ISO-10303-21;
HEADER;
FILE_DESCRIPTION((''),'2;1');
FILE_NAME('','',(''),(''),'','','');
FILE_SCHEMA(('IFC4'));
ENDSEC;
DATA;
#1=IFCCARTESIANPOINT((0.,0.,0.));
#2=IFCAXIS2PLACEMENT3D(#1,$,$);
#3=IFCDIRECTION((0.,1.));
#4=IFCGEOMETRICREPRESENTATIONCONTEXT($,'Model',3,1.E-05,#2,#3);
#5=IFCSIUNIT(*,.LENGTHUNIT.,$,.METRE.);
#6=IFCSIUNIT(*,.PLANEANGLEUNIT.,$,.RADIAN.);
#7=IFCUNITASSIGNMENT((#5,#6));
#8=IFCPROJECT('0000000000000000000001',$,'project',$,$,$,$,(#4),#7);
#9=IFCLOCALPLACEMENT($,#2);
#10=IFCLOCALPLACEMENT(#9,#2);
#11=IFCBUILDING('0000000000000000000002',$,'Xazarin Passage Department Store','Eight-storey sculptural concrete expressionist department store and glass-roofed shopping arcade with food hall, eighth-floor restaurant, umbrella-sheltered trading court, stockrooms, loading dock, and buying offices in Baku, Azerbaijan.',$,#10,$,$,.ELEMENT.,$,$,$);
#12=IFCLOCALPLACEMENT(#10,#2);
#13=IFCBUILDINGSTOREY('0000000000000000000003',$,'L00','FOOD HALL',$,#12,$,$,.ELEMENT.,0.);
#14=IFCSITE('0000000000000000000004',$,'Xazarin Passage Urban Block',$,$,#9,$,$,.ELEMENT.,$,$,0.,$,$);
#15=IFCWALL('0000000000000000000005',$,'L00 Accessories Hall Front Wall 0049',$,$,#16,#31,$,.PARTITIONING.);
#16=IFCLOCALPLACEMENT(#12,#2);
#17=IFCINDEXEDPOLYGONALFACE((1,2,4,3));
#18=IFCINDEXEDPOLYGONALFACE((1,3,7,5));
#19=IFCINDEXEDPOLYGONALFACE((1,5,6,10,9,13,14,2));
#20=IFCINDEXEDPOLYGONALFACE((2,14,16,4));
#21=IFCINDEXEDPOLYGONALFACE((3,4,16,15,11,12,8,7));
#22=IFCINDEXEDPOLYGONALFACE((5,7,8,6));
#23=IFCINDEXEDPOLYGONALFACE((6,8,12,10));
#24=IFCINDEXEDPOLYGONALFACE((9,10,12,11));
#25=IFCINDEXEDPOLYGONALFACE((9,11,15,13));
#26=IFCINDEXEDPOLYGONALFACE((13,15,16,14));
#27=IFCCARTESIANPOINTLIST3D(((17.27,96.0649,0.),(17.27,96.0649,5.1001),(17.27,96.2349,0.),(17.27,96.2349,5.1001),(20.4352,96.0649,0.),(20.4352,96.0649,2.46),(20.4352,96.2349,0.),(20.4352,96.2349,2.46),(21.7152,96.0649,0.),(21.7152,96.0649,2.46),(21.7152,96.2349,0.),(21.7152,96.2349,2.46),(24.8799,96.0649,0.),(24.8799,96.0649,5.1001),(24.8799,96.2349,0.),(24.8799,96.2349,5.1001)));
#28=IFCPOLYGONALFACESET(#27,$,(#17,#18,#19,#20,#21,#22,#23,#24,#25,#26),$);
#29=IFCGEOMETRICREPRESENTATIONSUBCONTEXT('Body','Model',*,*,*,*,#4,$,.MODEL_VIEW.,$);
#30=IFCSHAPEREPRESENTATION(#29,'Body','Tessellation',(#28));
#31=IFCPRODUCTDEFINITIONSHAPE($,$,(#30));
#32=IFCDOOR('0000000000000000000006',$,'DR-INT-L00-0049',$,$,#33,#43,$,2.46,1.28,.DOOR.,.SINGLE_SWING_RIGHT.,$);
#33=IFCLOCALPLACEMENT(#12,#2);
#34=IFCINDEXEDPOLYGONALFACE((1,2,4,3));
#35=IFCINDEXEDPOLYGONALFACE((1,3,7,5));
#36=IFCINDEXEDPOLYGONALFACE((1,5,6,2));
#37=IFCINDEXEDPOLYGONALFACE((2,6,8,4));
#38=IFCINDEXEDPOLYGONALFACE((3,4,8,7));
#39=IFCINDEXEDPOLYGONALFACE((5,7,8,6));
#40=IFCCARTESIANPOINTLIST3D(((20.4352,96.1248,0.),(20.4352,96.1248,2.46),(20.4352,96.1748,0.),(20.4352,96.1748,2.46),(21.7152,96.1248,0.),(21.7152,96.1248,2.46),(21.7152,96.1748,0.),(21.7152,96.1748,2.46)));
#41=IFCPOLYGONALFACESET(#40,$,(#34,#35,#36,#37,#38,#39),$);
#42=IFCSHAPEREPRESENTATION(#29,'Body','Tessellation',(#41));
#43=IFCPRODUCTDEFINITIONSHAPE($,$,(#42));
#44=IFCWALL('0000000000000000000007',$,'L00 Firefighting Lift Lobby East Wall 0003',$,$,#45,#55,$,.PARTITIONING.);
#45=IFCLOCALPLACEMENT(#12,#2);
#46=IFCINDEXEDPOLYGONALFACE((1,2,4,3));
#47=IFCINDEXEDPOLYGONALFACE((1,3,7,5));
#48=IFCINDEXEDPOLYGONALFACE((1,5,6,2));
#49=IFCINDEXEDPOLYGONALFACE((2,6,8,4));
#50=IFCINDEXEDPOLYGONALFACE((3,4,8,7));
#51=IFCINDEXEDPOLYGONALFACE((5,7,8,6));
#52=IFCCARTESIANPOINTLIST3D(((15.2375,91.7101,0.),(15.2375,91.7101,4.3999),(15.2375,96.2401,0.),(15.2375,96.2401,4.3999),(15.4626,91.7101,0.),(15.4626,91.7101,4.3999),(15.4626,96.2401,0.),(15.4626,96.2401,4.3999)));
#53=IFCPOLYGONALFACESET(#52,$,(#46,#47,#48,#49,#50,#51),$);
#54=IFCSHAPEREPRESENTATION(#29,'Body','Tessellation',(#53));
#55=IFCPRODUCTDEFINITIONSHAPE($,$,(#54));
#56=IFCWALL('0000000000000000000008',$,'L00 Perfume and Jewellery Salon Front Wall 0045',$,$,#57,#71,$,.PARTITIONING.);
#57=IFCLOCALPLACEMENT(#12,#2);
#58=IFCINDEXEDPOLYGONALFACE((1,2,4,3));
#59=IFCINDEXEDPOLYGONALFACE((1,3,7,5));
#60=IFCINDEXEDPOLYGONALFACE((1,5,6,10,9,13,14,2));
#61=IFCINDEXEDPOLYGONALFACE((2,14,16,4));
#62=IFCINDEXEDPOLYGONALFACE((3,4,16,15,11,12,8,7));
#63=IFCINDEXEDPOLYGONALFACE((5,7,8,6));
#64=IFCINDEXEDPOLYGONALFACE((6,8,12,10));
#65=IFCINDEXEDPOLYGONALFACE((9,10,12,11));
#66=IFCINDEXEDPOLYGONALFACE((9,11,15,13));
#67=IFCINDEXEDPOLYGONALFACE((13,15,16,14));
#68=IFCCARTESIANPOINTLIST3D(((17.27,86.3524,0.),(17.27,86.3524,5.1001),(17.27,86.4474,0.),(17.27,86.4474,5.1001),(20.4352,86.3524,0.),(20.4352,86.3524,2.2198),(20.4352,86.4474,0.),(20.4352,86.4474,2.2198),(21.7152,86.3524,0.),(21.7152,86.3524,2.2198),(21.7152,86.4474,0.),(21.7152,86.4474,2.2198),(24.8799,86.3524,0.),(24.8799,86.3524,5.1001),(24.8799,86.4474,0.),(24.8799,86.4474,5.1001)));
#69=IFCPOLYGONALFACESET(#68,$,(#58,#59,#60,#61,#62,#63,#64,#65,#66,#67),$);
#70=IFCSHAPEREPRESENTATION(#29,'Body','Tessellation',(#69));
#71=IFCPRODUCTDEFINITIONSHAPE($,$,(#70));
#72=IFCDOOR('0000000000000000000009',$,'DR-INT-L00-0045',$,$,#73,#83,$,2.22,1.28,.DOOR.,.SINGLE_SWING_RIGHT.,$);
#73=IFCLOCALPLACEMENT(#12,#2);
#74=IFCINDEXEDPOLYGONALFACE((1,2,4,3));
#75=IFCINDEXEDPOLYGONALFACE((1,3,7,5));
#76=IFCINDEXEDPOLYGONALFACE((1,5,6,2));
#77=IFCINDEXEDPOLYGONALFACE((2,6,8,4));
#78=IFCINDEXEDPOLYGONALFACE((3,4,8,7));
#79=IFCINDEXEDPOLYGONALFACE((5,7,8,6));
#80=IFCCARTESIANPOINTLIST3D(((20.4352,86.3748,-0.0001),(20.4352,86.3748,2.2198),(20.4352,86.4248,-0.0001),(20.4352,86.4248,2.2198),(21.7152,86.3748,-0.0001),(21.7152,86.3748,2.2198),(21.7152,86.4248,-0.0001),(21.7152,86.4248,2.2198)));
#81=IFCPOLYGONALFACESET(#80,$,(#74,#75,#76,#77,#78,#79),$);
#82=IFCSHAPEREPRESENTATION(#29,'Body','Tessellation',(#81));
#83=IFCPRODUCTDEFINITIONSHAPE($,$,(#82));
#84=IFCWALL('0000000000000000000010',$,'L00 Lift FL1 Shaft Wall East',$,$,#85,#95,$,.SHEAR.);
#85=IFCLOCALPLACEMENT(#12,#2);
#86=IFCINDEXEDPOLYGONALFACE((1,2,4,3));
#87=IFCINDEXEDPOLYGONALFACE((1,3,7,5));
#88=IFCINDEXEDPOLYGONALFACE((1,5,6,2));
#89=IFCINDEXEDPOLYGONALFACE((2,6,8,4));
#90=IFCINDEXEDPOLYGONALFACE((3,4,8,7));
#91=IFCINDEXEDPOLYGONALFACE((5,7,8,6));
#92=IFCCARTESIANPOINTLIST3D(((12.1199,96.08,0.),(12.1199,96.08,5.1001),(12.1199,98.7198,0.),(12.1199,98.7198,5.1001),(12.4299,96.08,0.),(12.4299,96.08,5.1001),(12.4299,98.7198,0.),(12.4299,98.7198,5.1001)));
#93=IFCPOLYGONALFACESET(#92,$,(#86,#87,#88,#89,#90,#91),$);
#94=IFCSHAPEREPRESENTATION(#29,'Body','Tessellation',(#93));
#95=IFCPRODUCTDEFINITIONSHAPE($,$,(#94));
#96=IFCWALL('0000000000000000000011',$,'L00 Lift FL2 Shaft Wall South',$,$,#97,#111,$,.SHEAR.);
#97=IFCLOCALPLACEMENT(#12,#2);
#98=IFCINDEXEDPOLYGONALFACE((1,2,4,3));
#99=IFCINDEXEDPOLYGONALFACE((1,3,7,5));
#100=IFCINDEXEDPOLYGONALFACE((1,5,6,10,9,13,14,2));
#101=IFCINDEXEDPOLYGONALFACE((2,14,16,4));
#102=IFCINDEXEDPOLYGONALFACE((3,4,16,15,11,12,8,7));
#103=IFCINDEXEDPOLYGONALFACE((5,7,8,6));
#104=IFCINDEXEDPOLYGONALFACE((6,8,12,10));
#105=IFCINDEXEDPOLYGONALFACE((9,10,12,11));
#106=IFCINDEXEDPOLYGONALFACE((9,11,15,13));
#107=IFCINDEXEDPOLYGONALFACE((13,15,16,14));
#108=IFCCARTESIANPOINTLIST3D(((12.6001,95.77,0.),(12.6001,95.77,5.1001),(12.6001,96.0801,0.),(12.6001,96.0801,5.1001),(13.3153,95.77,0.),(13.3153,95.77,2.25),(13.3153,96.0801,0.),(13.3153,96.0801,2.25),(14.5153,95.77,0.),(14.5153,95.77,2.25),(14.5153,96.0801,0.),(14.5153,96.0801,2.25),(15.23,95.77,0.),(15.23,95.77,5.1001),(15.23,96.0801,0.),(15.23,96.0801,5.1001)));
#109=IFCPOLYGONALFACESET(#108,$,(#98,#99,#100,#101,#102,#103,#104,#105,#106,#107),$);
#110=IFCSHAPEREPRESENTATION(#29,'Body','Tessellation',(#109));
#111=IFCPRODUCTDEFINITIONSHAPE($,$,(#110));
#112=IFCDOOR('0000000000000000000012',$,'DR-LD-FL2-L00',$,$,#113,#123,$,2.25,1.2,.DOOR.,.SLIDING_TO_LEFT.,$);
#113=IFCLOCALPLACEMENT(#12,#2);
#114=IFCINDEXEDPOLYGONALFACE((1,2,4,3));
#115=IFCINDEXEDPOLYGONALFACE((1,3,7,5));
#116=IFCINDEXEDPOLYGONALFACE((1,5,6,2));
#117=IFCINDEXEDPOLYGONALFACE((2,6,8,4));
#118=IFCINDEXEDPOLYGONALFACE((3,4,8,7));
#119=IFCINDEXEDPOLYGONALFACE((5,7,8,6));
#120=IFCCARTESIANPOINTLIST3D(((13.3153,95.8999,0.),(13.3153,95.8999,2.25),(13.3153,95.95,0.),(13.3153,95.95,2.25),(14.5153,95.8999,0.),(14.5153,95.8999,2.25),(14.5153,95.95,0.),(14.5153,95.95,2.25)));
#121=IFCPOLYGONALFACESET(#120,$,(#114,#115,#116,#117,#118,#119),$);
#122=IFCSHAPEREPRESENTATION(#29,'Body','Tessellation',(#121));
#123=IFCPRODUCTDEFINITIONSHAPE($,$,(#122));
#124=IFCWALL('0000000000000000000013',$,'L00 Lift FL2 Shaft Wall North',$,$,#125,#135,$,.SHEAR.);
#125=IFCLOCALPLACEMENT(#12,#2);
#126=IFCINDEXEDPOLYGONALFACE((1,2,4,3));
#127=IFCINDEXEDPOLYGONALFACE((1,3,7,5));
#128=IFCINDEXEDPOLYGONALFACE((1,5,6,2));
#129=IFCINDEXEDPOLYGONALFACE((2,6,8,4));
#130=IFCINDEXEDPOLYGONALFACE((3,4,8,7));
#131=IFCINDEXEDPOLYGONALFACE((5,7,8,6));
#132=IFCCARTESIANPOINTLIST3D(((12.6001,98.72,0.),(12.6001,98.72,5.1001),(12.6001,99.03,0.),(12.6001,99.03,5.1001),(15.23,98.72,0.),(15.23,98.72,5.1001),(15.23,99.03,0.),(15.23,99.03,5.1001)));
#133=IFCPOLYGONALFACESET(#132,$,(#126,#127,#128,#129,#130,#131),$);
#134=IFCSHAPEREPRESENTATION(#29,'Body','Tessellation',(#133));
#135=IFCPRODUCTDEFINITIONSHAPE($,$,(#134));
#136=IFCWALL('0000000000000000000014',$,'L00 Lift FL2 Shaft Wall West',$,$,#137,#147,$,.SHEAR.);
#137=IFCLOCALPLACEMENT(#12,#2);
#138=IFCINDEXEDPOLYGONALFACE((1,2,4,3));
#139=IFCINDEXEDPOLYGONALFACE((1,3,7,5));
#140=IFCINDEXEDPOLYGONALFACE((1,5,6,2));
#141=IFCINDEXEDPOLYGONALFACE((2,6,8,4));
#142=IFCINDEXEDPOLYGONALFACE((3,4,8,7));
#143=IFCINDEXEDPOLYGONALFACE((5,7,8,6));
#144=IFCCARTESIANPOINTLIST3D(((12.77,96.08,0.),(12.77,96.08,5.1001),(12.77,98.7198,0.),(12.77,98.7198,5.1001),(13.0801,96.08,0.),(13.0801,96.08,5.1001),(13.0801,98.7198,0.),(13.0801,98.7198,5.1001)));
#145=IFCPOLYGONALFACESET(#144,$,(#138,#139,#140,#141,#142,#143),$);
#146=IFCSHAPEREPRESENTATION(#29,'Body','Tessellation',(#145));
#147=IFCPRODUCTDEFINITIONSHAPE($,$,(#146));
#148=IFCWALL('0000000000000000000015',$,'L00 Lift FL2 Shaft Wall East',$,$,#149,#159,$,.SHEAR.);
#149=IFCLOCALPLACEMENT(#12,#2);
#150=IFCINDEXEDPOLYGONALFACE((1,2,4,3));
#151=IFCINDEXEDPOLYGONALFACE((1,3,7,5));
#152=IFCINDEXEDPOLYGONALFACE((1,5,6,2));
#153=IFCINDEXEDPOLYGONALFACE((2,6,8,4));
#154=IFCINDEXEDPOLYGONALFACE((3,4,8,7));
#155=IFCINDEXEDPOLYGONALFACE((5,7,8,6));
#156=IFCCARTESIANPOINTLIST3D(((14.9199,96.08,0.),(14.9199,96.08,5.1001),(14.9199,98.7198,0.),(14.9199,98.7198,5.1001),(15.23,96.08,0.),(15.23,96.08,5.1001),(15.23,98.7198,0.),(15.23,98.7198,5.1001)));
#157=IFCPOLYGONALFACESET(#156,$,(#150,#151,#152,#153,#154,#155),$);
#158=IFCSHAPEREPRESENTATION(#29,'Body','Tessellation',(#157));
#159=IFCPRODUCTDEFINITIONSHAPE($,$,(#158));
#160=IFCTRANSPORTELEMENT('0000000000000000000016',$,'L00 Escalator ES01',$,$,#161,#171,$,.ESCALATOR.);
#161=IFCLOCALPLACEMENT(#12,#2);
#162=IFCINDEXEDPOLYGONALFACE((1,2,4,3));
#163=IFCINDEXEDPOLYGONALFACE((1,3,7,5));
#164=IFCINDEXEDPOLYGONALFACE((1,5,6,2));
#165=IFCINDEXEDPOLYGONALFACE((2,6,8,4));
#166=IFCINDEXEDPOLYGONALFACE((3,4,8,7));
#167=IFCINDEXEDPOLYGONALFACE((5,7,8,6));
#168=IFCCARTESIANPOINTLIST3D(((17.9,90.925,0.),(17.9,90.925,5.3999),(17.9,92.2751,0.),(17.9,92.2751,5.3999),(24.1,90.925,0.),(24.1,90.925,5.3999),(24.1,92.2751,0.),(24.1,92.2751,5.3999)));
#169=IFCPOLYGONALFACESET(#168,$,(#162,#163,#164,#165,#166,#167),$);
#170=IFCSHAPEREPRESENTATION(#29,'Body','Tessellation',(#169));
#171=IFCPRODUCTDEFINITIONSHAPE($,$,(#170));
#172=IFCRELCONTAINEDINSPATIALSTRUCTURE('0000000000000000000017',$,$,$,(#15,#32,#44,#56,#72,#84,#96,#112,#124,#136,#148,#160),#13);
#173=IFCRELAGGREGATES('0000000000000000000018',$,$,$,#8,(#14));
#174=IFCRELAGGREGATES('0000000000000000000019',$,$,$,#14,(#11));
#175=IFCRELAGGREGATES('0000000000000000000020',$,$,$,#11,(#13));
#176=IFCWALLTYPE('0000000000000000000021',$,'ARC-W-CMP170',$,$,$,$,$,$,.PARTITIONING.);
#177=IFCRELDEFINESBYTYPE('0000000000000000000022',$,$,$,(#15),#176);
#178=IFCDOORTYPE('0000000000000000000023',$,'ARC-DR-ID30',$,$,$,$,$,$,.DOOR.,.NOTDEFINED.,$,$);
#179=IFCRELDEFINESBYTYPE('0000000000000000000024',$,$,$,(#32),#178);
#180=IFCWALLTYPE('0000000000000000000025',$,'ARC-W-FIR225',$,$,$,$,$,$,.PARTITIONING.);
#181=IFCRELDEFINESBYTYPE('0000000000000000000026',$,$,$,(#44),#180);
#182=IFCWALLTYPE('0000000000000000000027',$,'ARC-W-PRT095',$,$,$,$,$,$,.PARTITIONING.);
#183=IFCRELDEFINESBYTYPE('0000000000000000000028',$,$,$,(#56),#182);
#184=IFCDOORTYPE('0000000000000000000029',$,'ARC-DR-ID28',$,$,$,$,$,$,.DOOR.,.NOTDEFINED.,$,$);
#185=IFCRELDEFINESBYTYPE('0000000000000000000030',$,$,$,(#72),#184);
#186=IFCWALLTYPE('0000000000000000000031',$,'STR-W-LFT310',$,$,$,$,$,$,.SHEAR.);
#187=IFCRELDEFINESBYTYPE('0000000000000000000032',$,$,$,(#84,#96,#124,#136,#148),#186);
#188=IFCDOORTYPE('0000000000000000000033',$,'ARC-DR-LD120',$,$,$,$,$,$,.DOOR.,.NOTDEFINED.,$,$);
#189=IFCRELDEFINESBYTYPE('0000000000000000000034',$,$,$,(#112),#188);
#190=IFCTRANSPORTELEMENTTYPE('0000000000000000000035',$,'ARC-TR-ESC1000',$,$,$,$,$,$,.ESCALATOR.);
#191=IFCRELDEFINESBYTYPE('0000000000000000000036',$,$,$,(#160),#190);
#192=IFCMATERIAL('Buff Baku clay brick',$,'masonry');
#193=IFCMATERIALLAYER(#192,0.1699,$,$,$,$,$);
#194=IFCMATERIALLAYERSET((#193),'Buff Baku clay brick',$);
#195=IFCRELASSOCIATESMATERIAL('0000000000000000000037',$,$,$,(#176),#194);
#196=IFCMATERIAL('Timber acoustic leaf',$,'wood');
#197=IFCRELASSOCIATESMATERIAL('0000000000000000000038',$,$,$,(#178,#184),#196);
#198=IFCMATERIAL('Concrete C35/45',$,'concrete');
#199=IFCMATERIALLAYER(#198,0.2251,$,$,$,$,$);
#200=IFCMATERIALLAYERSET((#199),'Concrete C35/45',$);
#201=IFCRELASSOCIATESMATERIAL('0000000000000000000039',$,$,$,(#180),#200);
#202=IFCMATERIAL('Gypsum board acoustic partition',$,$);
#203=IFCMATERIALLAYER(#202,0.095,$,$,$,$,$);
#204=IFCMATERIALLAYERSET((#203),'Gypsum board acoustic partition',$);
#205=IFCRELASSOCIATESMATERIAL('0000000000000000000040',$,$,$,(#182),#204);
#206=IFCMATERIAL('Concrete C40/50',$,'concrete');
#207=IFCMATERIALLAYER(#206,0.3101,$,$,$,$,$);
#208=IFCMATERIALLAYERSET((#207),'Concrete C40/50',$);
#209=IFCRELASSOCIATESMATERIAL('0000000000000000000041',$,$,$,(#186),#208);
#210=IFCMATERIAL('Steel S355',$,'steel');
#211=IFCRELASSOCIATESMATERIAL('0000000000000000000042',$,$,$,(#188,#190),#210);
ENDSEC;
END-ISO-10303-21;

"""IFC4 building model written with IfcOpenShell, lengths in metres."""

from ifc_helpers import new_model, si_unit, direction, frame, frame_2d, origin, origin_2d, place, context, subcontext, project, spatial, rectangle, extrude, material, layer, layer_set, type_object, element, fill, save


model = new_model("IFC4")

# Units and contexts
model_context = context("Model", 3, precision=1e-05, world=origin(), true_north=direction((0.0, 1.0)))
body_context = subcontext(model_context, "Body", "Model", "MODEL_VIEW")
ifc_project = project(units=[si_unit("LENGTHUNIT", "METRE"), si_unit("PLANEANGLEUNIT", "RADIAN")], contexts=[model_context])

# Site, building, storey
site_placement = place(None, origin())
site = spatial("IfcSite", under=ifc_project, at=site_placement, Name="Xazarin Passage Urban Block", CompositionType="ELEMENT", RefElevation=0.0)
building_placement = place(site_placement, origin())
building = spatial("IfcBuilding", under=site, at=building_placement, Name="Xazarin Passage Department Store", Description="Eight-storey sculptural concrete expressionist department store and glass-roofed shopping arcade with food hall, eighth-floor restaurant, umbrella-sheltered trading court, stockrooms, loading dock, and buying offices in Baku, Azerbaijan.", CompositionType="ELEMENT")
storey_placement = place(building_placement, origin())
storey = spatial("IfcBuildingStorey", under=building, at=storey_placement, Name="L00", Description="FOOD HALL", CompositionType="ELEMENT", Elevation=0.0)

# Shared definitions
ifc_material_1 = material(Name="Concrete C35/45", Category="concrete")

# Shared definitions
ifc_material_2 = material(Name="Concrete C40/50", Category="concrete")

# Wall, opening, door
ifc_material_3 = material(Name="Buff Baku clay brick", Category="masonry")
ifc_layer_1 = layer(ifc_material_3, 0.1699)
ifc_layer_set_1 = layer_set([ifc_layer_1], Name="Buff Baku clay brick")
wall_type_1 = type_object("IfcWallType", Name="ARC-W-CMP170", PredefinedType="PARTITIONING", material=ifc_layer_set_1)
wall_1_placement = place(storey_placement, frame((17.27, 96.1499, 0.0), z_axis=(0.0, 0.0, 1.0), x_axis=(1.0, 0.0, 0.0)))
wall_1 = element("IfcWall", 1, at=wall_1_placement, inside=storey, type_object=wall_type_1, Name="L00 Accessories Hall Front Wall 0049", PredefinedType="PARTITIONING", context=body_context, shape_type="SweptSolid", body=[
    extrude(rectangle(XDim=7.6099, YDim=0.1699, at=frame_2d((3.8049, 0.0))), origin(), (0.0, 0.0, 1.0), 5.1001),
])
opening_1_placement = place(wall_1_placement, frame((3.165, 0.0, 0.0)))
opening_1 = element("IfcOpeningElement", 2, at=opening_1_placement, cuts=wall_1, PredefinedType="OPENING", context=body_context, shape_type="SweptSolid", body=[
    extrude(rectangle(XDim=1.28, YDim=2.46, at=frame_2d((0.6401, 1.23))), frame((0.0, 0.095, 0.0), z_axis=(0.0, -1.0, 0.0), x_axis=(1.0, 0.0, 0.0)), (0.0, 0.0, 1.0), 0.1899),
])
ifc_material_4 = material(Name="Timber acoustic leaf", Category="wood")
door_type_1 = type_object("IfcDoorType", Name="ARC-DR-ID30", OperationType="NOTDEFINED", PredefinedType="DOOR", material=ifc_material_4)
door_1_placement = place(opening_1_placement, origin())
door_1 = element("IfcDoor", 3, at=door_1_placement, inside=storey, type_object=door_type_1, Name="DR-INT-L00-0049", OperationType="SINGLE_SWING_RIGHT", OverallHeight=2.46, OverallWidth=1.28, PredefinedType="DOOR", context=body_context, shape_type="SweptSolid", body=[
    extrude(rectangle(XDim=1.28, YDim=2.46, at=frame_2d((0.6401, 1.23))), frame((0.0, 0.0249, 0.0), z_axis=(0.0, -1.0, 0.0), x_axis=(1.0, 0.0, 0.0)), (0.0, 0.0, 1.0), 0.05),
])
fill(opening_1, door_1)

# Wall
ifc_layer_2 = layer(ifc_material_1, 0.2251)
ifc_layer_set_2 = layer_set([ifc_layer_2], Name="Concrete C35/45")
wall_type_2 = type_object("IfcWallType", Name="ARC-W-FIR225", PredefinedType="PARTITIONING", material=ifc_layer_set_2)
wall_2_placement = place(storey_placement, frame((15.3501, 91.71, 0.0), z_axis=(0.0, 0.0, 1.0), x_axis=(0.0, 1.0, 0.0)))
element("IfcWall", 4, at=wall_2_placement, inside=storey, type_object=wall_type_2, Name="L00 Firefighting Lift Lobby East Wall 0003", PredefinedType="PARTITIONING", context=body_context, shape_type="SweptSolid", body=[
    extrude(rectangle(XDim=4.53, YDim=0.2251, at=frame_2d((2.2651, 0.0))), origin(), (0.0, 0.0, 1.0), 4.3999),
])

# Wall, opening, door
ifc_material_5 = material(Name="Gypsum board acoustic partition")
ifc_layer_3 = layer(ifc_material_5, 0.095)
ifc_layer_set_3 = layer_set([ifc_layer_3], Name="Gypsum board acoustic partition")
wall_type_3 = type_object("IfcWallType", Name="ARC-W-PRT095", PredefinedType="PARTITIONING", material=ifc_layer_set_3)
wall_3_placement = place(storey_placement, frame((17.27, 86.3999, 0.0), z_axis=(0.0, 0.0, 1.0), x_axis=(1.0, 0.0, 0.0)))
wall_3 = element("IfcWall", 5, at=wall_3_placement, inside=storey, type_object=wall_type_3, Name="L00 Perfume and Jewellery Salon Front Wall 0045", PredefinedType="PARTITIONING", context=body_context, shape_type="SweptSolid", body=[
    extrude(rectangle(XDim=7.6099, YDim=0.095, at=frame_2d((3.8049, 0.0))), origin(), (0.0, 0.0, 1.0), 5.1001),
])
opening_2_placement = place(wall_3_placement, frame((3.165, 0.0, 0.0)))
opening_2 = element("IfcOpeningElement", 6, at=opening_2_placement, cuts=wall_3, PredefinedType="OPENING", context=body_context, shape_type="SweptSolid", body=[
    extrude(rectangle(XDim=1.28, YDim=2.22, at=frame_2d((0.6401, 1.1099))), frame((0.0, 0.0574, 0.0), z_axis=(0.0, -1.0, 0.0), x_axis=(1.0, 0.0, 0.0)), (0.0, 0.0, 1.0), 0.115),
])
door_type_2 = type_object("IfcDoorType", Name="ARC-DR-ID28", OperationType="NOTDEFINED", PredefinedType="DOOR", material=ifc_material_4)
door_2_placement = place(opening_2_placement, origin())
door_2 = element("IfcDoor", 7, at=door_2_placement, inside=storey, type_object=door_type_2, Name="DR-INT-L00-0045", OperationType="SINGLE_SWING_RIGHT", OverallHeight=2.22, OverallWidth=1.28, PredefinedType="DOOR", context=body_context, shape_type="SweptSolid", body=[
    extrude(rectangle(XDim=1.28, YDim=2.22, at=frame_2d((0.6401, 1.1099))), frame((0.0, 0.0249, 0.0), z_axis=(0.0, -1.0, 0.0), x_axis=(1.0, 0.0, 0.0)), (0.0, 0.0, 1.0), 0.05),
])
fill(opening_2, door_2)

# Wall
ifc_layer_4 = layer(ifc_material_2, 0.3101)
ifc_layer_set_4 = layer_set([ifc_layer_4], Name="Concrete C40/50")
wall_type_4 = type_object("IfcWallType", Name="STR-W-LFT310", PredefinedType="SHEAR", material=ifc_layer_set_4)
wall_4_placement = place(storey_placement, frame((12.2749, 96.0801, 0.0), z_axis=(0.0, 0.0, 1.0), x_axis=(0.0, 1.0, 0.0)))
element("IfcWall", 8, at=wall_4_placement, inside=storey, type_object=wall_type_4, Name="L00 Lift FL1 Shaft Wall East", PredefinedType="SHEAR", context=body_context, shape_type="SweptSolid", body=[
    extrude(rectangle(XDim=2.6399, YDim=0.3101, at=frame_2d((1.3198, 0.0))), origin(), (0.0, 0.0, 1.0), 5.1001),
])

# Wall, opening, door
wall_5_placement = place(storey_placement, frame((12.6001, 95.925, 0.0), z_axis=(0.0, 0.0, 1.0), x_axis=(1.0, 0.0, 0.0)))
wall_5 = element("IfcWall", 9, at=wall_5_placement, inside=storey, type_object=wall_type_4, Name="L00 Lift FL2 Shaft Wall South", PredefinedType="SHEAR", context=body_context, shape_type="SweptSolid", body=[
    extrude(rectangle(XDim=2.6299, YDim=0.3101, at=frame_2d((1.3149, 0.0))), origin(), (0.0, 0.0, 1.0), 5.1001),
])
opening_3_placement = place(wall_5_placement, frame((0.7151, 0.0, 0.0)))
opening_3 = element("IfcOpeningElement", 10, at=opening_3_placement, cuts=wall_5, PredefinedType="OPENING", context=body_context, shape_type="SweptSolid", body=[
    extrude(rectangle(XDim=1.2, YDim=2.25, at=frame_2d((0.6001, 1.125))), frame((0.0, 0.165, 0.0), z_axis=(0.0, -1.0, 0.0), x_axis=(1.0, 0.0, 0.0)), (0.0, 0.0, 1.0), 0.3301),
])
ifc_material_6 = material(Name="Steel S355", Category="steel")
door_type_3 = type_object("IfcDoorType", Name="ARC-DR-LD120", OperationType="NOTDEFINED", PredefinedType="DOOR", material=ifc_material_6)
door_3_placement = place(opening_3_placement, origin())
door_3 = element("IfcDoor", 11, at=door_3_placement, inside=storey, type_object=door_type_3, Name="DR-LD-FL2-L00", OperationType="SLIDING_TO_LEFT", OverallHeight=2.25, OverallWidth=1.2, PredefinedType="DOOR", context=body_context, shape_type="SweptSolid", body=[
    extrude(rectangle(XDim=1.2, YDim=2.25, at=frame_2d((0.6001, 1.125))), frame((0.0, 0.0249, 0.0), z_axis=(0.0, -1.0, 0.0), x_axis=(1.0, 0.0, 0.0)), (0.0, 0.0, 1.0), 0.05),
])
fill(opening_3, door_3)

# Walls
wall_6_placement = place(storey_placement, frame((12.6001, 98.875, 0.0), z_axis=(0.0, 0.0, 1.0), x_axis=(1.0, 0.0, 0.0)))
element("IfcWall", 12, at=wall_6_placement, inside=storey, type_object=wall_type_4, Name="L00 Lift FL2 Shaft Wall North", PredefinedType="SHEAR", context=body_context, shape_type="SweptSolid", body=[
    extrude(rectangle(XDim=2.6299, YDim=0.3101, at=frame_2d((1.3149, 0.0))), origin(), (0.0, 0.0, 1.0), 5.1001),
])
for number, where, z_axis, x_axis, name in (
    (13, (12.925, 96.0801, 0.0), (0.0, 0.0, 1.0), (0.0, 1.0, 0.0), "L00 Lift FL2 Shaft Wall West"),
    (14, (15.075, 96.0801, 0.0), (0.0, 0.0, 1.0), (0.0, 1.0, 0.0), "L00 Lift FL2 Shaft Wall East"),
):
    element("IfcWall", number, at=place(storey_placement, frame(where, z_axis=z_axis, x_axis=x_axis)), inside=storey, type_object=wall_type_4, Name=name, PredefinedType="SHEAR", context=body_context, shape_type="SweptSolid", body=[
        extrude(rectangle(XDim=2.6399, YDim=0.3101, at=frame_2d((1.3198, 0.0))), origin(), (0.0, 0.0, 1.0), 5.1001),
    ])

# Transport element
transport_element_type_1 = type_object("IfcTransportElementType", Name="ARC-TR-ESC1000", PredefinedType="ESCALATOR", material=ifc_material_6)
for number, where, z_axis, x_axis, name in (
    (15, (21.0, 91.6001, 0.0), (0.0, 0.0, 1.0), (1.0, 0.0, 0.0), "L00 Escalator ES01"),
):
    element("IfcTransportElement", number, at=place(storey_placement, frame(where, z_axis=z_axis, x_axis=x_axis)), inside=storey, type_object=transport_element_type_1, Name=name, PredefinedType="ESCALATOR", context=body_context, shape_type="SweptSolid", body=[
        extrude(rectangle(XDim=6.2, YDim=1.3501, at=origin_2d()), origin(), (0.0, 0.0, 1.0), 5.3999),
    ])

save(model, "model.ifc")
